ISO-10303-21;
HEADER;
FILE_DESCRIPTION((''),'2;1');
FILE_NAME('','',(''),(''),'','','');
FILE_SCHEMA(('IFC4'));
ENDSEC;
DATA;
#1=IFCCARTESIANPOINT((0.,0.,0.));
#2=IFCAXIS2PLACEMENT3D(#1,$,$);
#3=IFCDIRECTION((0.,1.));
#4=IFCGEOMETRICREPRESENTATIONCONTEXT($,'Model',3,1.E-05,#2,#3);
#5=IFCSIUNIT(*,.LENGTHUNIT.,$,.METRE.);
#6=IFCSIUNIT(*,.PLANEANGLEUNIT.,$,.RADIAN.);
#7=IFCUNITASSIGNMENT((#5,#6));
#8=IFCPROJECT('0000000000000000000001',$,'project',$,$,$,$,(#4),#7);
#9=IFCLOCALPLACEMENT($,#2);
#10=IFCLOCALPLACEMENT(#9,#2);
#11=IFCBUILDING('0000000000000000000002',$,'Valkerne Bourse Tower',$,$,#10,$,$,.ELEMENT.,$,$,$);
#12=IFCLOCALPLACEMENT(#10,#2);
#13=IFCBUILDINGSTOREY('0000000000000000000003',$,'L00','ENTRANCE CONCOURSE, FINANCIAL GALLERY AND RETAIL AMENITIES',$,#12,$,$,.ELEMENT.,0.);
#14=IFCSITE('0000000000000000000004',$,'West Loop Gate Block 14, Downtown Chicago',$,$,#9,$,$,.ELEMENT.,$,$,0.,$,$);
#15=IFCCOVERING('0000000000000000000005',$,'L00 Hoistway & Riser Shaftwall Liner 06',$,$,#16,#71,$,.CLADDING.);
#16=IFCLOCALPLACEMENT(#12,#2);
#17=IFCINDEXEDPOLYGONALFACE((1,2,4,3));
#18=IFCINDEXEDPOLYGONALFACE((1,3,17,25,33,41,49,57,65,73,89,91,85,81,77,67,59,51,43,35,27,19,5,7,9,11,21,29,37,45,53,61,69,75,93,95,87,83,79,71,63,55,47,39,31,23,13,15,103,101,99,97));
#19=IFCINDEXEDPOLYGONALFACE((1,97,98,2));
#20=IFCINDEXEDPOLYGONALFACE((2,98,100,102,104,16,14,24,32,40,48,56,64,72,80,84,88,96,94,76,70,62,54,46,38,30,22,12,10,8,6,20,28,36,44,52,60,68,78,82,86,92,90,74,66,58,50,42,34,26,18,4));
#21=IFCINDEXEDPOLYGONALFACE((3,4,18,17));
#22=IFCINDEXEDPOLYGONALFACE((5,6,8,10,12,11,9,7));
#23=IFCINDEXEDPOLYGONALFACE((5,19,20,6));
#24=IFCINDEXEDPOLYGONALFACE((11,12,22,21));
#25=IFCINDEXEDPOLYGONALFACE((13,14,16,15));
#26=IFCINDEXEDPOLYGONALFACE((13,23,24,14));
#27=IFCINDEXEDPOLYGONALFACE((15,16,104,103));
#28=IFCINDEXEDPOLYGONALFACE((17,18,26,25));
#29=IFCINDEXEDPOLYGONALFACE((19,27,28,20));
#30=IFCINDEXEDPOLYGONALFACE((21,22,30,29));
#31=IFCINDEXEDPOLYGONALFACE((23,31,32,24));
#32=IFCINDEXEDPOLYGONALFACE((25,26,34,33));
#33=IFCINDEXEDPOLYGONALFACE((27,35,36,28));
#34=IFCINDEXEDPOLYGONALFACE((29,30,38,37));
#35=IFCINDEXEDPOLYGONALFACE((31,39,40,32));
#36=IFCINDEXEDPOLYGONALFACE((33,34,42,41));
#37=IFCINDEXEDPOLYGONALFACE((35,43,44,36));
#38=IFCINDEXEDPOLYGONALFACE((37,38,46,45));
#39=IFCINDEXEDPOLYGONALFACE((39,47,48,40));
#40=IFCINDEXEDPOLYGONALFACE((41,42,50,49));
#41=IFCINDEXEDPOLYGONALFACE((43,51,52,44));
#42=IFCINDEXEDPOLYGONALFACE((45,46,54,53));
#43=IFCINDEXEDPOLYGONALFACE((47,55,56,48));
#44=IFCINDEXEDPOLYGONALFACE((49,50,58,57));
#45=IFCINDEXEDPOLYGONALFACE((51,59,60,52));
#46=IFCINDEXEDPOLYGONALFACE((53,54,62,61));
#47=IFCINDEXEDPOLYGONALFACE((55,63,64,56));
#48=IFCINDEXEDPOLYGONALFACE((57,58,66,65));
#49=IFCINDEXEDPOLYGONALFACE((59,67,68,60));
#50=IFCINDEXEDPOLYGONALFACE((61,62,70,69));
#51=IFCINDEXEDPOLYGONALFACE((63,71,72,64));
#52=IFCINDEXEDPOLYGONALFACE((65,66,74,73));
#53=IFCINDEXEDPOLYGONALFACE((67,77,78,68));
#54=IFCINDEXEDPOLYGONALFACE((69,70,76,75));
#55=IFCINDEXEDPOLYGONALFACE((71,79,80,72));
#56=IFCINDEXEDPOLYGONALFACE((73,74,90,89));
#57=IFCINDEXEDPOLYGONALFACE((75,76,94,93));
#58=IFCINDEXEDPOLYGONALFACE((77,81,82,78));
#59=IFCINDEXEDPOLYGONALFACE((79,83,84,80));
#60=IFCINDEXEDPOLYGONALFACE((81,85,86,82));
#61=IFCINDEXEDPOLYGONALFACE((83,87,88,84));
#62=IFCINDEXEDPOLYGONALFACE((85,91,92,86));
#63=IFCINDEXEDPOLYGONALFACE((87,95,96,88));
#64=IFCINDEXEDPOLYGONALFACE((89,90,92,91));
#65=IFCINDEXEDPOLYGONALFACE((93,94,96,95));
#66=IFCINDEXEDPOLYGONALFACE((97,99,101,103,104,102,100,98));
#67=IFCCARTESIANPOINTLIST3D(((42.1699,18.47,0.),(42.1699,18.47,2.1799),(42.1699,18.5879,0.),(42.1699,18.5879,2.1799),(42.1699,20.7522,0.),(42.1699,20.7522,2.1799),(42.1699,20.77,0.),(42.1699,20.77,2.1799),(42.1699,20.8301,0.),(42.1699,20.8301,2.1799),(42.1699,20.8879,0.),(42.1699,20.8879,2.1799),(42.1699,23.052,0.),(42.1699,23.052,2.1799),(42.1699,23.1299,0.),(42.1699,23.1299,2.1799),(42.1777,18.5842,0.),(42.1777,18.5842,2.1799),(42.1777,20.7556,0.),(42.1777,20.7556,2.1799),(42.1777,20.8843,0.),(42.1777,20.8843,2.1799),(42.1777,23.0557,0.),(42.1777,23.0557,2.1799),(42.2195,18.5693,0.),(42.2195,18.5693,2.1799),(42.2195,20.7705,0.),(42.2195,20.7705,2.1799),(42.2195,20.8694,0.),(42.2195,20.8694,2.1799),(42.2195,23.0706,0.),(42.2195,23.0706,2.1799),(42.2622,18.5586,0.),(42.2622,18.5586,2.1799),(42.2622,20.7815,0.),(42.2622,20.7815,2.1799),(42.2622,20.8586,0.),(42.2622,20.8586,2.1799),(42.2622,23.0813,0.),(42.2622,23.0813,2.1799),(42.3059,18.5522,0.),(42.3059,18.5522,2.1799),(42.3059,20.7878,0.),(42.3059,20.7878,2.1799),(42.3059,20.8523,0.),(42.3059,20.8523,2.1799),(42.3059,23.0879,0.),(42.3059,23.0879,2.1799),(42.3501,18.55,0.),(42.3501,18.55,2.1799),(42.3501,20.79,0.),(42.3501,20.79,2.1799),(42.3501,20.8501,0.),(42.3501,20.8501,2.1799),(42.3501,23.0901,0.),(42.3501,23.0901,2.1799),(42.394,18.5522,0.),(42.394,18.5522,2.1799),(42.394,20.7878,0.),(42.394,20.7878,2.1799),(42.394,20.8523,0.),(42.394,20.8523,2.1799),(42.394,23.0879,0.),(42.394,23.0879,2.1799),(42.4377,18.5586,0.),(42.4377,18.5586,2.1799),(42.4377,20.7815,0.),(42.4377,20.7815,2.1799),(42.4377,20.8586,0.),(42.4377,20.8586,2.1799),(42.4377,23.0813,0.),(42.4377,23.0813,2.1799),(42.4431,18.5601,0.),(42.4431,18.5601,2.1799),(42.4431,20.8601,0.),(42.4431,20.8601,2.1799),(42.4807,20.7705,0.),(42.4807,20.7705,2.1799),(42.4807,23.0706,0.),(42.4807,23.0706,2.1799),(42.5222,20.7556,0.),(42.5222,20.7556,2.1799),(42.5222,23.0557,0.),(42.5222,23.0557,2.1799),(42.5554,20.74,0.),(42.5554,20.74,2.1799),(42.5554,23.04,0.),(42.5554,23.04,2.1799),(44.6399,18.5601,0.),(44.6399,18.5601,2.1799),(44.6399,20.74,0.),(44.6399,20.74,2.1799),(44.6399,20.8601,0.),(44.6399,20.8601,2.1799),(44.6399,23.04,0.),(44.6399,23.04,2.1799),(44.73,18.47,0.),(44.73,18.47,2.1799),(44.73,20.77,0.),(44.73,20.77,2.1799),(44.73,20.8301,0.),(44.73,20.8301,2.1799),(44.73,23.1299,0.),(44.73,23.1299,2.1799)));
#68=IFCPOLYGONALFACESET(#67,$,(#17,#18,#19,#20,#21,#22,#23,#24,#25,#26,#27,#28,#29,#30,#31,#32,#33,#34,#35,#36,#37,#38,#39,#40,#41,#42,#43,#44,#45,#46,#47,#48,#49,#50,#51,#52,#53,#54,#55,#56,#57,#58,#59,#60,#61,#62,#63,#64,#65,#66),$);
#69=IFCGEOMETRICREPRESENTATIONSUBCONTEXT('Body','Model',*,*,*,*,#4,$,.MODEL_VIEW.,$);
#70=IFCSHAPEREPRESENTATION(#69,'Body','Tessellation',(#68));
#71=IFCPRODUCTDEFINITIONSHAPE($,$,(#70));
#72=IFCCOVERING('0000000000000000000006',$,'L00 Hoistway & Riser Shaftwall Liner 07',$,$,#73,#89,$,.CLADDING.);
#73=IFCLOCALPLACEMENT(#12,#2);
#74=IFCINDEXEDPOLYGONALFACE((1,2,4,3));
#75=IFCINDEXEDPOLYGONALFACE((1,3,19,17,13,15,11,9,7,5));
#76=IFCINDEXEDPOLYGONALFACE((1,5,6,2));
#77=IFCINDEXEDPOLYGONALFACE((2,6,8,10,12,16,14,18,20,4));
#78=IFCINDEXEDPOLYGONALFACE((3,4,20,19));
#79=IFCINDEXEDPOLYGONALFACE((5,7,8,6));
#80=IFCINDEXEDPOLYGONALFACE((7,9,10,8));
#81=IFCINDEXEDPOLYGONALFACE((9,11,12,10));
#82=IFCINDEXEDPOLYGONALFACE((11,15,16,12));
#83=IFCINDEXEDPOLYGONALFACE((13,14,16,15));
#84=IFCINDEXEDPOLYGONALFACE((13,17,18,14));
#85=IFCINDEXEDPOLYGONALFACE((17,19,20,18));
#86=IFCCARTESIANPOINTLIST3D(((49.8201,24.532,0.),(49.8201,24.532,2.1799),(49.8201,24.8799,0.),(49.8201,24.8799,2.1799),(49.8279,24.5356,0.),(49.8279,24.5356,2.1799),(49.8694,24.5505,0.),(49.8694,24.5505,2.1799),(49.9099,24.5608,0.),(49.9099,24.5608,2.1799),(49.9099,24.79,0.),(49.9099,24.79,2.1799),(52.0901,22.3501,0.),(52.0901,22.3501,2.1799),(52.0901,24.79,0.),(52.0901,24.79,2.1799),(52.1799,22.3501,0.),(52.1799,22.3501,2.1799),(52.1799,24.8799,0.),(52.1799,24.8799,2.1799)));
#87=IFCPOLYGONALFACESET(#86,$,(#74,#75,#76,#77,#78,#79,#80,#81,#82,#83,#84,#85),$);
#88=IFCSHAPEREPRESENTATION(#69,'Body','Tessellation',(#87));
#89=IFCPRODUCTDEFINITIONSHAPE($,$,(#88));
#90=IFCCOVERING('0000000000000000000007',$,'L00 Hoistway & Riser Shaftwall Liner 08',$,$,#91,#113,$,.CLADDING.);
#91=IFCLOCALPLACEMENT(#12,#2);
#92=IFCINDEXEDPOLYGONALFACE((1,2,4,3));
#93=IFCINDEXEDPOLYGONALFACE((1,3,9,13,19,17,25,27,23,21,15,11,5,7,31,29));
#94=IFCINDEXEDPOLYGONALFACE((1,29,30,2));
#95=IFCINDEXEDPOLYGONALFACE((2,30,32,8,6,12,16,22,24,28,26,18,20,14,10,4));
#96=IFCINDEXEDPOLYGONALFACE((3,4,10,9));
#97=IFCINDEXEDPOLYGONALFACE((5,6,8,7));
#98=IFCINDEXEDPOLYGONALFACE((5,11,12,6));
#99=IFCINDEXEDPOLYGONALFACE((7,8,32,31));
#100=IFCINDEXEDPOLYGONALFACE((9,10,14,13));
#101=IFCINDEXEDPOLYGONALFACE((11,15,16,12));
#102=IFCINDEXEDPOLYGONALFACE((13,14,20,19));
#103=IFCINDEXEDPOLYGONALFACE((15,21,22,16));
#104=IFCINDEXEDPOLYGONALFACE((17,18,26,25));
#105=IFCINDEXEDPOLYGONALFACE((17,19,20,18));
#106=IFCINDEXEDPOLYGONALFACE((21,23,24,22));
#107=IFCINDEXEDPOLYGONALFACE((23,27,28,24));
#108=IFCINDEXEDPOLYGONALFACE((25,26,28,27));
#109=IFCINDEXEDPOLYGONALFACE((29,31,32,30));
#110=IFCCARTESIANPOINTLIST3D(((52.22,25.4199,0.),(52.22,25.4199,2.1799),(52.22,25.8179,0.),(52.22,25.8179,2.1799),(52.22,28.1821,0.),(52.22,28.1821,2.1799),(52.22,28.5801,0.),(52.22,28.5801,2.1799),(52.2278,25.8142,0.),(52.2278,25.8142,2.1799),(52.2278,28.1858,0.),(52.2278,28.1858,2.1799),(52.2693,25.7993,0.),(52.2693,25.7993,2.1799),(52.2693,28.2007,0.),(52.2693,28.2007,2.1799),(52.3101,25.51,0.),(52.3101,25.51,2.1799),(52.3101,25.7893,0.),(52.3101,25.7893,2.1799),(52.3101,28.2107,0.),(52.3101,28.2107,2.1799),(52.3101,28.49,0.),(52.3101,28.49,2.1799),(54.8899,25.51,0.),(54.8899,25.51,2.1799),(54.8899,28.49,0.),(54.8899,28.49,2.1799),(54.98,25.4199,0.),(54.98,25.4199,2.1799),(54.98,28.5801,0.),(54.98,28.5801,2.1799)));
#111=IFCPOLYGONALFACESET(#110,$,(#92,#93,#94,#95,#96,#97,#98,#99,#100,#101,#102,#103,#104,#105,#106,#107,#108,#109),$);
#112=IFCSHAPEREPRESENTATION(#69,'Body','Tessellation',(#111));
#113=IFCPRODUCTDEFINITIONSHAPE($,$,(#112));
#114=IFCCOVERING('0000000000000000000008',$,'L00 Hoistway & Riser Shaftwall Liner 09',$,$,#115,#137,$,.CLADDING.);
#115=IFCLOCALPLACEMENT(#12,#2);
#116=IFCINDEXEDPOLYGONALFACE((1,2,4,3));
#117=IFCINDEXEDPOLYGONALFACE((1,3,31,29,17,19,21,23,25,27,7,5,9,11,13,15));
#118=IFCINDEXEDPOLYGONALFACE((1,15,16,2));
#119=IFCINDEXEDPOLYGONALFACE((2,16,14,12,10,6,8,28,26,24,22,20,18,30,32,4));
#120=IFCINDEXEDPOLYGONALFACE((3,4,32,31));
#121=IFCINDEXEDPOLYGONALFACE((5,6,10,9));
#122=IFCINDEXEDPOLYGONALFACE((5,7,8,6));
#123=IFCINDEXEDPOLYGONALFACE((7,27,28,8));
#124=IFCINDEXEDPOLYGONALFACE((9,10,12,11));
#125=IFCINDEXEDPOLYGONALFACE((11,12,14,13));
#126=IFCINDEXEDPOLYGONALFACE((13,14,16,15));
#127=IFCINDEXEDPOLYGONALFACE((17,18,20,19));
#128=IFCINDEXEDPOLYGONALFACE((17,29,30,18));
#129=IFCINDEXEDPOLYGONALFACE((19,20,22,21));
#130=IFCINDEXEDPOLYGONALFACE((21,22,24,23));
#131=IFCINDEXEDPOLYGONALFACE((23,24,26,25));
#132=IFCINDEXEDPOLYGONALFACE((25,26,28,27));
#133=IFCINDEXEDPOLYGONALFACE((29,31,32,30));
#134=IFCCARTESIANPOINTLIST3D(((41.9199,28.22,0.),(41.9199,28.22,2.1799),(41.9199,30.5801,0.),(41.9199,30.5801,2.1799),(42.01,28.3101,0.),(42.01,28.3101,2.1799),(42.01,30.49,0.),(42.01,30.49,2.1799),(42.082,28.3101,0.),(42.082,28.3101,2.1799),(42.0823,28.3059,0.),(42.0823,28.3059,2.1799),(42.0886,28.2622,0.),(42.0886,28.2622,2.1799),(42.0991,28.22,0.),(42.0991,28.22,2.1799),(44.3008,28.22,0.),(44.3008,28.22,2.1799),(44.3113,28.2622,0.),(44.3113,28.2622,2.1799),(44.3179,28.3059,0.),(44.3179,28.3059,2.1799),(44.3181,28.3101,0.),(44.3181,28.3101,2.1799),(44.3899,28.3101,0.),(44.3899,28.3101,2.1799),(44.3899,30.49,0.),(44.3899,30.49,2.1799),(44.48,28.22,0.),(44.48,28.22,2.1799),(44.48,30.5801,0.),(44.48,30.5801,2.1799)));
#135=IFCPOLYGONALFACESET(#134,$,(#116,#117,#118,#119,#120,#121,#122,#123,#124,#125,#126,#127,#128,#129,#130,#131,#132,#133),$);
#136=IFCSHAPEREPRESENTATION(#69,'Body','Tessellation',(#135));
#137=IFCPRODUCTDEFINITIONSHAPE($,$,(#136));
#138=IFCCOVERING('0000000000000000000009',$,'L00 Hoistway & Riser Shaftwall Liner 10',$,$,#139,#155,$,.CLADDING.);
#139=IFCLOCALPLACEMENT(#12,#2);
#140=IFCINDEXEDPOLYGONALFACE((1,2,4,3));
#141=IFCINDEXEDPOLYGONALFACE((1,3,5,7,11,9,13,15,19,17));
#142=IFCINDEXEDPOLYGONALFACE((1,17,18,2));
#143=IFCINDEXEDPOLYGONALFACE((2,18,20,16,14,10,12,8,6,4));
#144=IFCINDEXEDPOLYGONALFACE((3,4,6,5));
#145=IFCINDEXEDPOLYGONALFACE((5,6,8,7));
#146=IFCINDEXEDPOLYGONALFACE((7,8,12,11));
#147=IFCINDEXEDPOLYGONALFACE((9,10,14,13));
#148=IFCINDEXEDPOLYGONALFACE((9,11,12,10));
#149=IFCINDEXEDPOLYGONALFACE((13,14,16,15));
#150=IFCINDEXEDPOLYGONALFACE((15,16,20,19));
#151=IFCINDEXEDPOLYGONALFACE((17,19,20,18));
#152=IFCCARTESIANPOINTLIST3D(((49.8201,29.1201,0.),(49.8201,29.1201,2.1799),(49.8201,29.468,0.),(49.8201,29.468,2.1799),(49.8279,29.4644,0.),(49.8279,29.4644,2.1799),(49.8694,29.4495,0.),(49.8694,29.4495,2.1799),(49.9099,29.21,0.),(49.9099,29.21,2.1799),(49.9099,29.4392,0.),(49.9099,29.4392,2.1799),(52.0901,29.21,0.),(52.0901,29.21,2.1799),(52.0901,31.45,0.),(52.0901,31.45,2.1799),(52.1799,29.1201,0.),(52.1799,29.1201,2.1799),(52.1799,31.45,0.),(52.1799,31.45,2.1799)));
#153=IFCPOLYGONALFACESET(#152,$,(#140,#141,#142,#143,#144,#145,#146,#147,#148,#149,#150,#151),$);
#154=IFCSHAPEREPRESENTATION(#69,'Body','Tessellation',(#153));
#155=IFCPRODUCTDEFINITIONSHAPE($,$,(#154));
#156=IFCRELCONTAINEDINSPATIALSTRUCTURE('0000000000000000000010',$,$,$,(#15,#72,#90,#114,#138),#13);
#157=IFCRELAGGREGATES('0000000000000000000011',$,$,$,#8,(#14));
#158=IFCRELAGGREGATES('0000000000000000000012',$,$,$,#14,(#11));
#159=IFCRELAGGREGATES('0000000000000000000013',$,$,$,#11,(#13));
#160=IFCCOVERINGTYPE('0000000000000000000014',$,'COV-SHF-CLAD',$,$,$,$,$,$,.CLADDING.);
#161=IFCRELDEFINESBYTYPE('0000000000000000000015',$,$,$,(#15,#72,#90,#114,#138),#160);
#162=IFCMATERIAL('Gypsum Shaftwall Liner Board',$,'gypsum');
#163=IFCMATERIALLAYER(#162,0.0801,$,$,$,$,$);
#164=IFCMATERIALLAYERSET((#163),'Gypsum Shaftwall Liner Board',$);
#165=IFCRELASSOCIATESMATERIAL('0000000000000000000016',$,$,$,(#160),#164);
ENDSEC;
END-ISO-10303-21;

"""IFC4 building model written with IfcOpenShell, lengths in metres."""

from ifc_helpers import new_model, si_unit, direction, origin, place, context, subcontext, project, spatial, polyline, outline, extrude, material, layer, layer_set, type_object, element, save


model = new_model("IFC4")

# Units and contexts
model_context = context("Model", 3, precision=1e-05, world=origin(), true_north=direction((0.0, 1.0)))
body_context = subcontext(model_context, "Body", "Model", "MODEL_VIEW")
ifc_project = project(units=[si_unit("LENGTHUNIT", "METRE"), si_unit("PLANEANGLEUNIT", "RADIAN")], contexts=[model_context])

# Site, building, storey
site_placement = place(None, origin())
site = spatial("IfcSite", under=ifc_project, at=site_placement, Name="West Loop Gate Block 14, Downtown Chicago", CompositionType="ELEMENT", RefElevation=0.0)
building_placement = place(site_placement, origin())
building = spatial("IfcBuilding", under=site, at=building_placement, Name="Valkerne Bourse Tower", CompositionType="ELEMENT")
storey_placement = place(building_placement, origin())
storey = spatial("IfcBuildingStorey", under=building, at=storey_placement, Name="L00", Description="ENTRANCE CONCOURSE, FINANCIAL GALLERY AND RETAIL AMENITIES", CompositionType="ELEMENT", Elevation=0.0)

# Coverings
ifc_material_1 = material(Name="Gypsum Shaftwall Liner Board", Category="gypsum")
ifc_layer_1 = layer(ifc_material_1, 0.0801)
ifc_layer_set_1 = layer_set([ifc_layer_1], Name="Gypsum Shaftwall Liner Board")
covering_type = type_object("IfcCoveringType", Name="COV-SHF-CLAD", PredefinedType="CLADDING", material=ifc_layer_set_1)
covering_1_placement = place(storey_placement, origin())
element("IfcCovering", 1, at=covering_1_placement, inside=storey, type_object=covering_type, Name="L00 Hoistway & Riser Shaftwall Liner 06", PredefinedType="CLADDING", context=body_context, shape_type="SweptSolid", body=[
    extrude(outline(polyline([(42.1699, 20.8301), (42.1699, 20.8879), (42.1777, 20.8843), (42.2195, 20.8694), (42.2622, 20.8586), (42.3059, 20.8523), (42.3501, 20.8501), (42.394, 20.8523), (42.4377, 20.8586), (42.4431, 20.8601), (44.6399, 20.8601), (44.6399, 23.04), (42.5554, 23.04), (42.5222, 23.0557), (42.4807, 23.0706), (42.4377, 23.0813), (42.394, 23.0879), (42.3501, 23.0901), (42.3059, 23.0879), (42.2622, 23.0813), (42.2195, 23.0706), (42.1777, 23.0557), (42.1699, 23.052), (42.1699, 23.1299), (44.73, 23.1299), (44.73, 20.8301), (44.73, 20.77), (44.73, 18.47), (42.1699, 18.47), (42.1699, 18.5879), (42.1777, 18.5842), (42.2195, 18.5693), (42.2622, 18.5586), (42.3059, 18.5522), (42.3501, 18.55), (42.394, 18.5522), (42.4377, 18.5586), (42.4431, 18.5601), (44.6399, 18.5601), (44.6399, 20.74), (42.5554, 20.74), (42.5222, 20.7556), (42.4807, 20.7705), (42.4377, 20.7815), (42.394, 20.7878), (42.3501, 20.79), (42.3059, 20.7878), (42.2622, 20.7815), (42.2195, 20.7705), (42.1777, 20.7556), (42.1699, 20.7522), (42.1699, 20.77), (42.1699, 20.8301)])), origin(), (0.0, 0.0, 1.0), 2.1799),
])
covering_2_placement = place(storey_placement, origin())
element("IfcCovering", 2, at=covering_2_placement, inside=storey, type_object=covering_type, Name="L00 Hoistway & Riser Shaftwall Liner 07", PredefinedType="CLADDING", context=body_context, shape_type="SweptSolid", body=[
    extrude(outline(polyline([(52.1799, 22.3501), (52.0901, 22.3501), (52.0901, 24.79), (49.9099, 24.79), (49.9099, 24.5608), (49.8694, 24.5505), (49.8279, 24.5356), (49.8201, 24.532), (49.8201, 24.8799), (52.1799, 24.8799), (52.1799, 22.3501)])), origin(), (0.0, 0.0, 1.0), 2.1799),
])
covering_3_placement = place(storey_placement, origin())
element("IfcCovering", 3, at=covering_3_placement, inside=storey, type_object=covering_type, Name="L00 Hoistway & Riser Shaftwall Liner 08", PredefinedType="CLADDING", context=body_context, shape_type="SweptSolid", body=[
    extrude(outline(polyline([(54.98, 25.4199), (52.22, 25.4199), (52.22, 25.8179), (52.2278, 25.8142), (52.2693, 25.7993), (52.3101, 25.7893), (52.3101, 25.51), (54.8899, 25.51), (54.8899, 28.49), (52.3101, 28.49), (52.3101, 28.2107), (52.2693, 28.2007), (52.2278, 28.1858), (52.22, 28.1821), (52.22, 28.5801), (54.98, 28.5801), (54.98, 25.4199)])), origin(), (0.0, 0.0, 1.0), 2.1799),
])
covering_4_placement = place(storey_placement, origin())
element("IfcCovering", 4, at=covering_4_placement, inside=storey, type_object=covering_type, Name="L00 Hoistway & Riser Shaftwall Liner 09", PredefinedType="CLADDING", context=body_context, shape_type="SweptSolid", body=[
    extrude(outline(polyline([(44.48, 28.22), (44.3008, 28.22), (44.3113, 28.2622), (44.3179, 28.3059), (44.3181, 28.3101), (44.3899, 28.3101), (44.3899, 30.49), (42.01, 30.49), (42.01, 28.3101), (42.082, 28.3101), (42.0823, 28.3059), (42.0886, 28.2622), (42.0991, 28.22), (41.9199, 28.22), (41.9199, 30.5801), (44.48, 30.5801), (44.48, 28.22)])), origin(), (0.0, 0.0, 1.0), 2.1799),
])
covering_5_placement = place(storey_placement, origin())
element("IfcCovering", 5, at=covering_5_placement, inside=storey, type_object=covering_type, Name="L00 Hoistway & Riser Shaftwall Liner 10", PredefinedType="CLADDING", context=body_context, shape_type="SweptSolid", body=[
    extrude(outline(polyline([(49.8201, 29.1201), (49.8201, 29.468), (49.8279, 29.4644), (49.8694, 29.4495), (49.9099, 29.4392), (49.9099, 29.21), (52.0901, 29.21), (52.0901, 31.45), (52.1799, 31.45), (52.1799, 29.1201), (49.8201, 29.1201)])), origin(), (0.0, 0.0, 1.0), 2.1799),
])

save(model, "model.ifc")
